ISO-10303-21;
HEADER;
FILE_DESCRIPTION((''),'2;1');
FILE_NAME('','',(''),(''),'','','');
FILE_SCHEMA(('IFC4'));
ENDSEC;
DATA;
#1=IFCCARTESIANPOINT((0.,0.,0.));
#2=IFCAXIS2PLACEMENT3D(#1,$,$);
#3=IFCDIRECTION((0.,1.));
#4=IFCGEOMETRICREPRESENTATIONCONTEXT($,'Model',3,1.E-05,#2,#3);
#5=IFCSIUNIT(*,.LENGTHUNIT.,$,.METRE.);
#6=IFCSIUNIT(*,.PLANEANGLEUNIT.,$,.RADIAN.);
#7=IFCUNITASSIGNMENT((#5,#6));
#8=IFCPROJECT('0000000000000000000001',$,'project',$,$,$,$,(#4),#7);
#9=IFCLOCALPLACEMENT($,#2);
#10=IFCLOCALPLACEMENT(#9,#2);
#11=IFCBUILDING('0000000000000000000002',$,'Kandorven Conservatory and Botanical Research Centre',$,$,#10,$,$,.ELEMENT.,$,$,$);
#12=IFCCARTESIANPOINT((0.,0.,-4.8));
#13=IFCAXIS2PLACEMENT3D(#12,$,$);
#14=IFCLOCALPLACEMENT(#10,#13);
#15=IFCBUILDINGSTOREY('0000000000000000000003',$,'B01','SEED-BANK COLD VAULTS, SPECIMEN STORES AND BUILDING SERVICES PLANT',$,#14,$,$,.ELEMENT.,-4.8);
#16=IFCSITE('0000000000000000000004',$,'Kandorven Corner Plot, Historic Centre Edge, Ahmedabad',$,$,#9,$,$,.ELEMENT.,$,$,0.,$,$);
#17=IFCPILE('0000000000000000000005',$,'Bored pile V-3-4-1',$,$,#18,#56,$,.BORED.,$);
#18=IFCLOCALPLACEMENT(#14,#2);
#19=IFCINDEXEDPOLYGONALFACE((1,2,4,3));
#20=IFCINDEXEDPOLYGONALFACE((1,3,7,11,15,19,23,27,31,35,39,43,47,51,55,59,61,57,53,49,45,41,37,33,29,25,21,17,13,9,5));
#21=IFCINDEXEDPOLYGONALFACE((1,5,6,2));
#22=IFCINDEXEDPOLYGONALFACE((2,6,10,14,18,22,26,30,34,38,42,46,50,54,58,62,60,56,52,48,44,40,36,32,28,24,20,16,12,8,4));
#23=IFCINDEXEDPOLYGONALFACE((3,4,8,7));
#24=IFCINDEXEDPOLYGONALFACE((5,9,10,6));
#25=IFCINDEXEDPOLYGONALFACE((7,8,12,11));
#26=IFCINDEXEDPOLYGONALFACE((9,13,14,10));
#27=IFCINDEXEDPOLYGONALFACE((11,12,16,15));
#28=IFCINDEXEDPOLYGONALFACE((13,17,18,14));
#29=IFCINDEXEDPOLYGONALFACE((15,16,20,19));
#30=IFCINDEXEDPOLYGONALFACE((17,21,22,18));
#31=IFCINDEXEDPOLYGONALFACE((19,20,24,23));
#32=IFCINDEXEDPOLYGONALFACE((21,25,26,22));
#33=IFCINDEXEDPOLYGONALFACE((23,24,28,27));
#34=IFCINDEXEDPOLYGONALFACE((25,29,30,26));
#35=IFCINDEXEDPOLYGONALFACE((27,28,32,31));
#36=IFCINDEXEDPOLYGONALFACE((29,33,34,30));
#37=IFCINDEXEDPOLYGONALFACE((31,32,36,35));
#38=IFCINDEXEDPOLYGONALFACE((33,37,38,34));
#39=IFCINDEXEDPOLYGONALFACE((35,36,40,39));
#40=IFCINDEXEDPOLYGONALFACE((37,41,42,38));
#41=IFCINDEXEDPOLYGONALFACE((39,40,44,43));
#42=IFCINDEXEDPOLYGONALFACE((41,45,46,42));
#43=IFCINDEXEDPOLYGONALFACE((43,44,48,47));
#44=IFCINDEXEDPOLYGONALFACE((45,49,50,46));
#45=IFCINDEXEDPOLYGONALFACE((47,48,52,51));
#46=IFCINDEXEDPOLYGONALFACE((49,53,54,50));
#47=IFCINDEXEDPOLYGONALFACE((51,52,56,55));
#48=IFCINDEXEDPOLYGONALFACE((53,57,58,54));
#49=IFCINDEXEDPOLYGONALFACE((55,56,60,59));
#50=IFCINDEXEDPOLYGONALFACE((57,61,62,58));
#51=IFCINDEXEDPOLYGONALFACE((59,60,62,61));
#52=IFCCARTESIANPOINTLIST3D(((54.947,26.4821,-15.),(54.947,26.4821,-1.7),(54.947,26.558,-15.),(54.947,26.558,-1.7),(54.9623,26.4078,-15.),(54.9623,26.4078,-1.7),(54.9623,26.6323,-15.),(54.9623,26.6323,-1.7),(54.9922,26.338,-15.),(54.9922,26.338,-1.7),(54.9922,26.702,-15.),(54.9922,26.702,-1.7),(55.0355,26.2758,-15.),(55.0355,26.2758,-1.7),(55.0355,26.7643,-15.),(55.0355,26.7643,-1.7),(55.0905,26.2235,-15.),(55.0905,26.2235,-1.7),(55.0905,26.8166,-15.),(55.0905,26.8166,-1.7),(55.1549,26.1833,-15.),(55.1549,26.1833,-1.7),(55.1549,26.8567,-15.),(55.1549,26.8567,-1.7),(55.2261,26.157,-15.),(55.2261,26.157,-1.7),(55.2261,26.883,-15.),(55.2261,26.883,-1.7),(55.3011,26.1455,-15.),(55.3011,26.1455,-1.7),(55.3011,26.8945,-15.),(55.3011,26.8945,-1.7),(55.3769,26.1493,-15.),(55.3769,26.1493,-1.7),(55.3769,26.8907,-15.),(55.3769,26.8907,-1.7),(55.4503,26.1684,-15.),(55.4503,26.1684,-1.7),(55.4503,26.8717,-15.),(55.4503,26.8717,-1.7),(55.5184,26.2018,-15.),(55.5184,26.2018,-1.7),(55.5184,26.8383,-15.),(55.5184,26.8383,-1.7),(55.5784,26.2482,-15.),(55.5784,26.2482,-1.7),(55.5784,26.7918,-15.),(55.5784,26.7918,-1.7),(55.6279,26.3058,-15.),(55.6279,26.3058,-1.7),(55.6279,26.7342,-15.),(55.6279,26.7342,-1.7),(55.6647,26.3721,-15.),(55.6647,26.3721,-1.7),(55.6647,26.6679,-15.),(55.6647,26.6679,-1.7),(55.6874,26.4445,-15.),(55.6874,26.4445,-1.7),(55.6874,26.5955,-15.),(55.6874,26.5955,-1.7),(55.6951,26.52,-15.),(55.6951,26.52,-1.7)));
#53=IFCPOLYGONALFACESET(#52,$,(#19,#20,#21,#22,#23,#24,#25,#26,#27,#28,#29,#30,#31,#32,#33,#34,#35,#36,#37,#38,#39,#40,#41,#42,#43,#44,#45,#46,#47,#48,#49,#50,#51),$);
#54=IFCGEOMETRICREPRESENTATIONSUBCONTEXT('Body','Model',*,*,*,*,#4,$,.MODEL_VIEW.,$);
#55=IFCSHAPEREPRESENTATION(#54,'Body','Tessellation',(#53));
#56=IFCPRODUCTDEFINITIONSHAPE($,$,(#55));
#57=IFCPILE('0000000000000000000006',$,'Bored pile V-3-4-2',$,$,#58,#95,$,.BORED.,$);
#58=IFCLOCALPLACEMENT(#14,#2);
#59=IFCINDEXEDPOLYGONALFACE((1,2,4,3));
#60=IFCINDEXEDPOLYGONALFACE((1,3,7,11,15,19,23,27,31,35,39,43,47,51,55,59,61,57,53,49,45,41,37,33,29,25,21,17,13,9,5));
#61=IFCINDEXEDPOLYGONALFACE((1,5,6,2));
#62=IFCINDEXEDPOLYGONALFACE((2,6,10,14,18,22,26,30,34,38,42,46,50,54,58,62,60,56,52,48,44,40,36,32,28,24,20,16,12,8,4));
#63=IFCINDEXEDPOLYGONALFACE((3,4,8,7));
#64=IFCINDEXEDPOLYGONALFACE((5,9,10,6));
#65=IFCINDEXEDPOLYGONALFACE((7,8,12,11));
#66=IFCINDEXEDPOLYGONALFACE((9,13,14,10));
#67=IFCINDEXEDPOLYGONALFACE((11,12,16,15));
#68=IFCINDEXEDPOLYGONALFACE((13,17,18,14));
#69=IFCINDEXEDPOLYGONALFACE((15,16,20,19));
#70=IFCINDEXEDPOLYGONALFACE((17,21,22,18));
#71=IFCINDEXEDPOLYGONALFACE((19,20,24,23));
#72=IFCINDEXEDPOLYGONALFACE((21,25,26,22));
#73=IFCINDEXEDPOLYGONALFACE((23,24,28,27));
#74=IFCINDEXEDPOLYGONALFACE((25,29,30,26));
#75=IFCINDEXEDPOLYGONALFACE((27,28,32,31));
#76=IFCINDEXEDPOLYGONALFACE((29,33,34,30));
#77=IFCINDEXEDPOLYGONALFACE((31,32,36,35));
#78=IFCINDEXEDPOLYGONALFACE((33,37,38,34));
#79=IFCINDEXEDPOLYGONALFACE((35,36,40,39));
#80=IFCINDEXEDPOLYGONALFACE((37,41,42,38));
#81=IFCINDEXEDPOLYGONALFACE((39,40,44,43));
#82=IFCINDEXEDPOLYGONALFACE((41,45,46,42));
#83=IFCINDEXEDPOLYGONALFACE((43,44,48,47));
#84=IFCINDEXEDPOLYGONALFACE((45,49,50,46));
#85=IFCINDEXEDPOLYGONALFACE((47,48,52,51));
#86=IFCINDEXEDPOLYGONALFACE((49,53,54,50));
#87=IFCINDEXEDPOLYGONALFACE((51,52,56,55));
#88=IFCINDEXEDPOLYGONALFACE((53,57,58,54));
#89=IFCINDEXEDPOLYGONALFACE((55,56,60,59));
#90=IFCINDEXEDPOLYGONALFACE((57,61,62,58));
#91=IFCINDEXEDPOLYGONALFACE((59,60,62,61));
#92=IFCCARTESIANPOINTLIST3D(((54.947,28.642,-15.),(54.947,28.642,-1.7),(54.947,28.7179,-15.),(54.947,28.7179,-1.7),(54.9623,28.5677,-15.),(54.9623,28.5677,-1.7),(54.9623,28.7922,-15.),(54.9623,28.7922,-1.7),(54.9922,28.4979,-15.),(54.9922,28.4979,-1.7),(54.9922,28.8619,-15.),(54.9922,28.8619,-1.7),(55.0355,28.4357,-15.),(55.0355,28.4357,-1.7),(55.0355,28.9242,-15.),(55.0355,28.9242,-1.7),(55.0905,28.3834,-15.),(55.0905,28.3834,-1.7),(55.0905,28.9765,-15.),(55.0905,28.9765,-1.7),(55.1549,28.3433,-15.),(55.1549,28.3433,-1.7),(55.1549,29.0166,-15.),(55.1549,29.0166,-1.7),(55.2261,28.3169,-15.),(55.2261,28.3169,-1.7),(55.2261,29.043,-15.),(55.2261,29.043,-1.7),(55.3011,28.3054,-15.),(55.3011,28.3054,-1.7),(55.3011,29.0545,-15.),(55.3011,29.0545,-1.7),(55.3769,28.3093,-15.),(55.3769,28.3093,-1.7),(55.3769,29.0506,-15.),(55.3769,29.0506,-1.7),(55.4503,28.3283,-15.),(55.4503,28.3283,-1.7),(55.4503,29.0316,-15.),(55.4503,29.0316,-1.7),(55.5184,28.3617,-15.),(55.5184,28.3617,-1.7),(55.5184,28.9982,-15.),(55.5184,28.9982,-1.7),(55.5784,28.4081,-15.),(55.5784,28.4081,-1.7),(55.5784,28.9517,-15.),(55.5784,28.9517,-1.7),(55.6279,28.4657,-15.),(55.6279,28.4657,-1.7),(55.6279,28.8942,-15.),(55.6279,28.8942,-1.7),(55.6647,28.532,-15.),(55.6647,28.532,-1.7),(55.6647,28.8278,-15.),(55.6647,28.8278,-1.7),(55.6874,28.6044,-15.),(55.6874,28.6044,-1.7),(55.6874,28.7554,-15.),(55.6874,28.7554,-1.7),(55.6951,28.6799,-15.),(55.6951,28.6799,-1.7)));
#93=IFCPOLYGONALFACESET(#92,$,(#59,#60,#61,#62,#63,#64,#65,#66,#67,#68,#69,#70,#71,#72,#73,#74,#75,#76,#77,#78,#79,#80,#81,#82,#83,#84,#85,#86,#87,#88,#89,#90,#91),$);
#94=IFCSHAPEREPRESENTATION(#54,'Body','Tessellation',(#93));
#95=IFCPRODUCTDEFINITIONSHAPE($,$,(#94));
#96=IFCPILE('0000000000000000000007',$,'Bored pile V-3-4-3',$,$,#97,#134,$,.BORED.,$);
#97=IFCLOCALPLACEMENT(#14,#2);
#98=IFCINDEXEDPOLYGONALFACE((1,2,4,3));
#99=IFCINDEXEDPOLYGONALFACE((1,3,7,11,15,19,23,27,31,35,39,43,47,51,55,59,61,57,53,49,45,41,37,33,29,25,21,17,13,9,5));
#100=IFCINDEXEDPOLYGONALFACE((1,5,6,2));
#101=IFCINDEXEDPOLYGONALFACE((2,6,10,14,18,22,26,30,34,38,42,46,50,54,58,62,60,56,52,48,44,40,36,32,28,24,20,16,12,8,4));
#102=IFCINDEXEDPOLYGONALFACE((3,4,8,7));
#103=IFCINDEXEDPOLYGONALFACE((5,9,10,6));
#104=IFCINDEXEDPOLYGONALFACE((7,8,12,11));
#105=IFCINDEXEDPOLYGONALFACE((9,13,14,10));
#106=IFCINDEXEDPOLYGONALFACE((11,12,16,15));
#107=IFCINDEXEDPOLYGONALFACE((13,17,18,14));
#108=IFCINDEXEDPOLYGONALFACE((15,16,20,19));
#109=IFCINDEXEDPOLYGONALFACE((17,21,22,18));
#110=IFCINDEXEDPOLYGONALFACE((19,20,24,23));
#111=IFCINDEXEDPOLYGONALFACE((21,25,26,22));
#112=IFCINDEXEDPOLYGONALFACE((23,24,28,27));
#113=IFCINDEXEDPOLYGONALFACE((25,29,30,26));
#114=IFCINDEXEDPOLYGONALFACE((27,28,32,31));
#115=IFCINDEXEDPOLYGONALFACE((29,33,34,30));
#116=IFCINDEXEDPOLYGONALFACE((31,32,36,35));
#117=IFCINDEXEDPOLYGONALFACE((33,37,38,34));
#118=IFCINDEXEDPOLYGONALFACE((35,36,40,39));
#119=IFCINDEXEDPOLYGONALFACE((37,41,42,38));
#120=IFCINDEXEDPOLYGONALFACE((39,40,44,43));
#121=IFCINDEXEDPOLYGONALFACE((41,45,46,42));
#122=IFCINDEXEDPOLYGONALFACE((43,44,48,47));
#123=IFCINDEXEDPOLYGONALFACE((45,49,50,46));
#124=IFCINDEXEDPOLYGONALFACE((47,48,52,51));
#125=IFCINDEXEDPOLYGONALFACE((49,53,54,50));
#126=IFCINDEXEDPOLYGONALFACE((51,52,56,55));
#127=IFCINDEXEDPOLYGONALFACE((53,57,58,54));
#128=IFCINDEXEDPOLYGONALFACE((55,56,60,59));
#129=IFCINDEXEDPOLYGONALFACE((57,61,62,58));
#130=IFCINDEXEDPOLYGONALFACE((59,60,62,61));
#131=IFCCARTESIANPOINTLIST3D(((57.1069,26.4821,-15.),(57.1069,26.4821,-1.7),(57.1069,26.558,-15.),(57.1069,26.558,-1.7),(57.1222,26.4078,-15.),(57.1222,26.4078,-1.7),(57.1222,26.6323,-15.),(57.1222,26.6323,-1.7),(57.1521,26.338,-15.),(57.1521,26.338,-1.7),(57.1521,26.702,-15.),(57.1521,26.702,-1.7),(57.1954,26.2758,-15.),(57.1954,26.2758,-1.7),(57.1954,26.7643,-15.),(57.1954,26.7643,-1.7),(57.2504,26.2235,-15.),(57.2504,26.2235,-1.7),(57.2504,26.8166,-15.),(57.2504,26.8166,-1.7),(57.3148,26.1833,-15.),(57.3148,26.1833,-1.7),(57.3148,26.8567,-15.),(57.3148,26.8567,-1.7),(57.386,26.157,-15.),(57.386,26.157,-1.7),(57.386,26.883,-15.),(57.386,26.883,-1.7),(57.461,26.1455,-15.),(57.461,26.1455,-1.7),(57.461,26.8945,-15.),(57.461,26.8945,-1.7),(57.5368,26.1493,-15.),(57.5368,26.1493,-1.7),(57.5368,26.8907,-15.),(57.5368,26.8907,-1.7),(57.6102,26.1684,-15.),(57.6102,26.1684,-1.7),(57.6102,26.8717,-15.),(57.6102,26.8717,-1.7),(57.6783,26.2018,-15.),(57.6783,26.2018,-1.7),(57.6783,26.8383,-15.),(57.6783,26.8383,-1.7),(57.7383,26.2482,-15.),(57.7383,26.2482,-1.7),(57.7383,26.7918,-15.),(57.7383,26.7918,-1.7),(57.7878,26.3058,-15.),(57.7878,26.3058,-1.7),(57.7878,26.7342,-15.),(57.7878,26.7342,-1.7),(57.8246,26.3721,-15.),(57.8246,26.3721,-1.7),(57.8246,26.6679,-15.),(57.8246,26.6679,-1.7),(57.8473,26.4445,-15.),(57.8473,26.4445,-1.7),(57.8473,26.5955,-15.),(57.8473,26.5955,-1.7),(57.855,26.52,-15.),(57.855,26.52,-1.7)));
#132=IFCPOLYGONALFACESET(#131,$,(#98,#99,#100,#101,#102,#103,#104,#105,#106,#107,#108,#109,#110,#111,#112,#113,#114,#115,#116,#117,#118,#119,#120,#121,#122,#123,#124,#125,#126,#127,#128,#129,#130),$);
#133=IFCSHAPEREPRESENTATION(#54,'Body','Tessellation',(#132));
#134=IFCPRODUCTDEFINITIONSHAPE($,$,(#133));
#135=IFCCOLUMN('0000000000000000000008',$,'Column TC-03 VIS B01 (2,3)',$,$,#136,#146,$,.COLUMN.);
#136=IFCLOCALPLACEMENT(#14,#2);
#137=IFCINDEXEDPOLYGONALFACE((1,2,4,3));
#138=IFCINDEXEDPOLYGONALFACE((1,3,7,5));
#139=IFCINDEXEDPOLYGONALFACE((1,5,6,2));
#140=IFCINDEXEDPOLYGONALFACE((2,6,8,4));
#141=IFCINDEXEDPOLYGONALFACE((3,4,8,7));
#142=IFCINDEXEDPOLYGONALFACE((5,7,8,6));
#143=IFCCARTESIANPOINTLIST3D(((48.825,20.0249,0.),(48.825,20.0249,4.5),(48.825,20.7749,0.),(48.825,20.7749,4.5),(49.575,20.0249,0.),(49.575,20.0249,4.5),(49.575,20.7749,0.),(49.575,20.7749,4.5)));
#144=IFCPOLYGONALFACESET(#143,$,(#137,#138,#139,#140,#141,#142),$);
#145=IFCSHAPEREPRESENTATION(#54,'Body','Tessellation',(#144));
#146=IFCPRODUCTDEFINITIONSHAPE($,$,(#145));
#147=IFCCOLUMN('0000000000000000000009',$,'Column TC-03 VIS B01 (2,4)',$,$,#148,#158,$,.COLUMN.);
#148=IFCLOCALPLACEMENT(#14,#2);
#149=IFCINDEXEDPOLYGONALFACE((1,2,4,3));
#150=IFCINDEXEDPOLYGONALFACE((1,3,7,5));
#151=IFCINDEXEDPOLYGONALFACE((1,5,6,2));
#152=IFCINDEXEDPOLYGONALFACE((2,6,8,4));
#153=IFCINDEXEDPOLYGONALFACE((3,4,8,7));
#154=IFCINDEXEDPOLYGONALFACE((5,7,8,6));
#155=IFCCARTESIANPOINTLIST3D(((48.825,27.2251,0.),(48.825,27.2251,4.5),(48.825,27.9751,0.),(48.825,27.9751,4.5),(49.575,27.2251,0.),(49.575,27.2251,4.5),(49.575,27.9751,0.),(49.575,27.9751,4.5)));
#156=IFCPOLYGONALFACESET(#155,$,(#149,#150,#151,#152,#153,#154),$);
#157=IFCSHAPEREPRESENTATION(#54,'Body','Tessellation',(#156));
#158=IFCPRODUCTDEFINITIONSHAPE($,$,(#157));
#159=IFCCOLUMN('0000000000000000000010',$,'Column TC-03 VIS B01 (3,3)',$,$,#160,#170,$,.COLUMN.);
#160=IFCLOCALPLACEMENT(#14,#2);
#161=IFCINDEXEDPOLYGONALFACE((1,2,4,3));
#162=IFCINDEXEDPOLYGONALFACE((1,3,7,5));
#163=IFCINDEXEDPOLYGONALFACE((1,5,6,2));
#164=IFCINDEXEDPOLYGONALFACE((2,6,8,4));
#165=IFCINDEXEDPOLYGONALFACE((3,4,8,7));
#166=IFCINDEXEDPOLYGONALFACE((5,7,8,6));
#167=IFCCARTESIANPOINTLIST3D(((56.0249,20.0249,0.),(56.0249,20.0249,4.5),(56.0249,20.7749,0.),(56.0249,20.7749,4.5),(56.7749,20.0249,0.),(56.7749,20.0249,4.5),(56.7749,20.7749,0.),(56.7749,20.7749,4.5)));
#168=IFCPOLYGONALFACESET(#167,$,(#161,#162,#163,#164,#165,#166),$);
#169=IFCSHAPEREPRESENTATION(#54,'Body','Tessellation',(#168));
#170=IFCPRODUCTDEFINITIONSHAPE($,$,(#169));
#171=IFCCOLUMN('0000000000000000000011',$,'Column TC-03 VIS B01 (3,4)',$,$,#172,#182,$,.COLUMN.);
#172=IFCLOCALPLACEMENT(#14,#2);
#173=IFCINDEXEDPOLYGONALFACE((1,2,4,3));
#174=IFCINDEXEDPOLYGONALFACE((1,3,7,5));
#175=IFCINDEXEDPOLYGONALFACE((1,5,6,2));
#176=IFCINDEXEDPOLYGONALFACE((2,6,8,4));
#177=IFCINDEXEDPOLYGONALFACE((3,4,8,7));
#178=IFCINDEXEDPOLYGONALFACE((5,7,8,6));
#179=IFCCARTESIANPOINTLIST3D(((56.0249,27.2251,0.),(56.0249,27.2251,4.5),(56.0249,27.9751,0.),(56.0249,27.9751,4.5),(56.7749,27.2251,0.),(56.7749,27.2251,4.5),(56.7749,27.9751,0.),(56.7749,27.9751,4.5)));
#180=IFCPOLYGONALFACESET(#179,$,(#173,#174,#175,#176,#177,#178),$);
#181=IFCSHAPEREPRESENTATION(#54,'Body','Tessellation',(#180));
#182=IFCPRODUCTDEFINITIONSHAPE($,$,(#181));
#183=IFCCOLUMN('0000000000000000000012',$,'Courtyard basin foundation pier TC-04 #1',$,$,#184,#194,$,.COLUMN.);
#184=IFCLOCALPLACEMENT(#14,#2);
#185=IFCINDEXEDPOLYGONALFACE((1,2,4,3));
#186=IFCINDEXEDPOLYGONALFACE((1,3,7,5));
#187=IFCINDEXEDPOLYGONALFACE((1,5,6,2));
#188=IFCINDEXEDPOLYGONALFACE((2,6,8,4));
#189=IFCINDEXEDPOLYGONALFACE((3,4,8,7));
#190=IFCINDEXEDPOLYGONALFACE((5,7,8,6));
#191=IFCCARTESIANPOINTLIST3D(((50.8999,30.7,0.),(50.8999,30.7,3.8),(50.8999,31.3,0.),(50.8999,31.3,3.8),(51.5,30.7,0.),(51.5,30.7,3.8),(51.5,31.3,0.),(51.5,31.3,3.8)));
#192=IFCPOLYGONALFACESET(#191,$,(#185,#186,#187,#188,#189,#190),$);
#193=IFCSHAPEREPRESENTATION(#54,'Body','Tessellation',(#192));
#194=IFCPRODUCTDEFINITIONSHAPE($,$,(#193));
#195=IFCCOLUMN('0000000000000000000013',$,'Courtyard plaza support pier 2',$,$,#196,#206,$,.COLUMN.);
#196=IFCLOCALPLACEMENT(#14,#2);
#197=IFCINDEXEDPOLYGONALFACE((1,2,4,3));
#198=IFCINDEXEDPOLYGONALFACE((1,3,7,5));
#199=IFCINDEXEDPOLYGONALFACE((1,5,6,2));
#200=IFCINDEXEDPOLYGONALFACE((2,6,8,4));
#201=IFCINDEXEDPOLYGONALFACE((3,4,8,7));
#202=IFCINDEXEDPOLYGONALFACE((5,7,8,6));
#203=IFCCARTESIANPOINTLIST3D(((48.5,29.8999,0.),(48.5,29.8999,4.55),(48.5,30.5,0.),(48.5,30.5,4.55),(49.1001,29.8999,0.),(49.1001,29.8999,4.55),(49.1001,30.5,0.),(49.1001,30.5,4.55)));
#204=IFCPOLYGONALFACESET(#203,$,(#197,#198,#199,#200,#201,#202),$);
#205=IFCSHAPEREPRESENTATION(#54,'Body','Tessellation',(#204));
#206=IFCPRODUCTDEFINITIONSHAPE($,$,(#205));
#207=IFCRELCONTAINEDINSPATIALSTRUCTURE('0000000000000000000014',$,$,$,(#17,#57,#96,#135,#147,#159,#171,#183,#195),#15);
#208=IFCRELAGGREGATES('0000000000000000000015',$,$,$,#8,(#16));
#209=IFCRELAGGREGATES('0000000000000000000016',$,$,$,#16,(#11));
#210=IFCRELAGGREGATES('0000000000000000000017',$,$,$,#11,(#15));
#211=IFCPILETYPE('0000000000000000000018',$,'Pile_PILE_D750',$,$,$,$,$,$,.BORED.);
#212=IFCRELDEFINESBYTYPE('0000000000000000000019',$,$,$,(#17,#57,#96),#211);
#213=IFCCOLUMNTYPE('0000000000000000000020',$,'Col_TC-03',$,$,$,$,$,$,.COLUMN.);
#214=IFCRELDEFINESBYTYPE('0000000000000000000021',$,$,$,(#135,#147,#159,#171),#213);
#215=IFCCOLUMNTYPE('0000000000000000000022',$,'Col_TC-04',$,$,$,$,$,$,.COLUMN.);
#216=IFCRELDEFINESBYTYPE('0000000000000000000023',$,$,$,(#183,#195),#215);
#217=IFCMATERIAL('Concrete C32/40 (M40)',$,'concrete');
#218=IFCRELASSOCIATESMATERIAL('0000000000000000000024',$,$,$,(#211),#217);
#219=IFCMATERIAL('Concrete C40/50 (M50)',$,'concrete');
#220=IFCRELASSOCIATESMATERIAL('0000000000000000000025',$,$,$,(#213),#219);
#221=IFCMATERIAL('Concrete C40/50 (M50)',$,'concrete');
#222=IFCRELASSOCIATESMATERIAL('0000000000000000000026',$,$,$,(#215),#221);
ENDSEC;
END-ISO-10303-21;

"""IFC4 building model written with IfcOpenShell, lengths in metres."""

from ifc_helpers import new_model, si_unit, direction, frame, origin, origin_2d, place, context, subcontext, project, spatial, rectangle, circle, extrude, material, material_profile, profile_set, type_object, element, save


model = new_model("IFC4")

# Units and contexts
model_context = context("Model", 3, precision=1e-05, world=origin(), true_north=direction((0.0, 1.0)))
body_context = subcontext(model_context, "Body", "Model", "MODEL_VIEW")
ifc_project = project(units=[si_unit("LENGTHUNIT", "METRE"), si_unit("PLANEANGLEUNIT", "RADIAN")], contexts=[model_context])

# Site, building, storey
site_placement = place(None, origin())
site = spatial("IfcSite", under=ifc_project, at=site_placement, Name="Kandorven Corner Plot, Historic Centre Edge, Ahmedabad", CompositionType="ELEMENT", RefElevation=0.0)
building_placement = place(site_placement, origin())
building = spatial("IfcBuilding", under=site, at=building_placement, Name="Kandorven Conservatory and Botanical Research Centre", CompositionType="ELEMENT")
storey_placement = place(building_placement, frame((0.0, 0.0, -4.8)))
storey = spatial("IfcBuildingStorey", under=building, at=storey_placement, Name="B01", Description="SEED-BANK COLD VAULTS, SPECIMEN STORES AND BUILDING SERVICES PLANT", CompositionType="ELEMENT", Elevation=-4.8)

# Piles
ifc_material_1 = material(Name="Concrete C32/40 (M40)", Category="concrete")
ifc_material_profile_1 = material_profile(ifc_material_1, circle(Radius=0.375, at=origin_2d()))
ifc_profile_set_1 = profile_set([ifc_material_profile_1], Name="Concrete C32/40 (M40)")
pile_type = type_object("IfcPileType", Name="Pile_PILE_D750", PredefinedType="BORED", material=ifc_profile_set_1)
for number, where, z_axis, x_axis, name in (
    (1, (55.3201, 26.52, -1.7), (0.0, 0.0, -1.0), (1.0, 0.0, 0.0), "Bored pile V-3-4-1"),
    (2, (55.3201, 28.6799, -1.7), (0.0, 0.0, -1.0), (1.0, 0.0, 0.0), "Bored pile V-3-4-2"),
    (3, (57.48, 26.52, -1.7), (0.0, 0.0, -1.0), (1.0, 0.0, 0.0), "Bored pile V-3-4-3"),
):
    element("IfcPile", number, at=place(storey_placement, frame(where, z_axis=z_axis, x_axis=x_axis)), inside=storey, type_object=pile_type, Name=name, PredefinedType="BORED", context=body_context, shape_type="SweptSolid", body=[
        extrude(circle(Radius=0.375, at=origin_2d()), origin(), (0.0, 0.0, 1.0), 13.3),
    ])

# Columns
ifc_material_2 = material(Name="Concrete C40/50 (M50)", Category="concrete")
ifc_material_profile_2 = material_profile(ifc_material_2, rectangle(XDim=0.75, YDim=0.75, at=origin_2d()))
ifc_profile_set_2 = profile_set([ifc_material_profile_2], Name="Concrete C40/50 (M50)")
column_type_1 = type_object("IfcColumnType", Name="Col_TC-03", PredefinedType="COLUMN", material=ifc_profile_set_2)
for number, where, z_axis, x_axis, name in (
    (4, (49.2, 20.3999, 0.0), (0.0, 0.0, 1.0), (1.0, 0.0, 0.0), "Column TC-03 VIS B01 (2,3)"),
    (5, (49.2, 27.6001, 0.0), (0.0, 0.0, 1.0), (1.0, 0.0, 0.0), "Column TC-03 VIS B01 (2,4)"),
    (6, (56.3999, 20.3999, 0.0), (0.0, 0.0, 1.0), (1.0, 0.0, 0.0), "Column TC-03 VIS B01 (3,3)"),
    (7, (56.3999, 27.6001, 0.0), (0.0, 0.0, 1.0), (1.0, 0.0, 0.0), "Column TC-03 VIS B01 (3,4)"),
):
    element("IfcColumn", number, at=place(storey_placement, frame(where, z_axis=z_axis, x_axis=x_axis)), inside=storey, type_object=column_type_1, Name=name, PredefinedType="COLUMN", context=body_context, shape_type="SweptSolid", body=[
        extrude(rectangle(XDim=0.75, YDim=0.75, at=origin_2d()), origin(), (0.0, 0.0, 1.0), 4.5),
    ])
ifc_material_3 = material(Name="Concrete C40/50 (M50)", Category="concrete")
ifc_material_profile_3 = material_profile(ifc_material_3, rectangle(XDim=0.6001, YDim=0.6001, at=origin_2d()))
ifc_profile_set_3 = profile_set([ifc_material_profile_3], Name="Concrete C40/50 (M50)")
column_type_2 = type_object("IfcColumnType", Name="Col_TC-04", PredefinedType="COLUMN", material=ifc_profile_set_3)
column_1_placement = place(storey_placement, frame((51.2, 31.0, 0.0), z_axis=(0.0, 0.0, 1.0), x_axis=(1.0, 0.0, 0.0)))
element("IfcColumn", 8, at=column_1_placement, inside=storey, type_object=column_type_2, Name="Courtyard basin foundation pier TC-04 #1", PredefinedType="COLUMN", context=body_context, shape_type="SweptSolid", body=[
    extrude(rectangle(XDim=0.6001, YDim=0.6001, at=origin_2d()), origin(), (0.0, 0.0, 1.0), 3.8),
])
column_2_placement = place(storey_placement, frame((48.8, 30.2, 0.0), z_axis=(0.0, 0.0, 1.0), x_axis=(1.0, 0.0, 0.0)))
element("IfcColumn", 9, at=column_2_placement, inside=storey, type_object=column_type_2, Name="Courtyard plaza support pier 2", PredefinedType="COLUMN", context=body_context, shape_type="SweptSolid", body=[
    extrude(rectangle(XDim=0.6001, YDim=0.6001, at=origin_2d()), origin(), (0.0, 0.0, 1.0), 4.55),
])

save(model, "model.ifc")
